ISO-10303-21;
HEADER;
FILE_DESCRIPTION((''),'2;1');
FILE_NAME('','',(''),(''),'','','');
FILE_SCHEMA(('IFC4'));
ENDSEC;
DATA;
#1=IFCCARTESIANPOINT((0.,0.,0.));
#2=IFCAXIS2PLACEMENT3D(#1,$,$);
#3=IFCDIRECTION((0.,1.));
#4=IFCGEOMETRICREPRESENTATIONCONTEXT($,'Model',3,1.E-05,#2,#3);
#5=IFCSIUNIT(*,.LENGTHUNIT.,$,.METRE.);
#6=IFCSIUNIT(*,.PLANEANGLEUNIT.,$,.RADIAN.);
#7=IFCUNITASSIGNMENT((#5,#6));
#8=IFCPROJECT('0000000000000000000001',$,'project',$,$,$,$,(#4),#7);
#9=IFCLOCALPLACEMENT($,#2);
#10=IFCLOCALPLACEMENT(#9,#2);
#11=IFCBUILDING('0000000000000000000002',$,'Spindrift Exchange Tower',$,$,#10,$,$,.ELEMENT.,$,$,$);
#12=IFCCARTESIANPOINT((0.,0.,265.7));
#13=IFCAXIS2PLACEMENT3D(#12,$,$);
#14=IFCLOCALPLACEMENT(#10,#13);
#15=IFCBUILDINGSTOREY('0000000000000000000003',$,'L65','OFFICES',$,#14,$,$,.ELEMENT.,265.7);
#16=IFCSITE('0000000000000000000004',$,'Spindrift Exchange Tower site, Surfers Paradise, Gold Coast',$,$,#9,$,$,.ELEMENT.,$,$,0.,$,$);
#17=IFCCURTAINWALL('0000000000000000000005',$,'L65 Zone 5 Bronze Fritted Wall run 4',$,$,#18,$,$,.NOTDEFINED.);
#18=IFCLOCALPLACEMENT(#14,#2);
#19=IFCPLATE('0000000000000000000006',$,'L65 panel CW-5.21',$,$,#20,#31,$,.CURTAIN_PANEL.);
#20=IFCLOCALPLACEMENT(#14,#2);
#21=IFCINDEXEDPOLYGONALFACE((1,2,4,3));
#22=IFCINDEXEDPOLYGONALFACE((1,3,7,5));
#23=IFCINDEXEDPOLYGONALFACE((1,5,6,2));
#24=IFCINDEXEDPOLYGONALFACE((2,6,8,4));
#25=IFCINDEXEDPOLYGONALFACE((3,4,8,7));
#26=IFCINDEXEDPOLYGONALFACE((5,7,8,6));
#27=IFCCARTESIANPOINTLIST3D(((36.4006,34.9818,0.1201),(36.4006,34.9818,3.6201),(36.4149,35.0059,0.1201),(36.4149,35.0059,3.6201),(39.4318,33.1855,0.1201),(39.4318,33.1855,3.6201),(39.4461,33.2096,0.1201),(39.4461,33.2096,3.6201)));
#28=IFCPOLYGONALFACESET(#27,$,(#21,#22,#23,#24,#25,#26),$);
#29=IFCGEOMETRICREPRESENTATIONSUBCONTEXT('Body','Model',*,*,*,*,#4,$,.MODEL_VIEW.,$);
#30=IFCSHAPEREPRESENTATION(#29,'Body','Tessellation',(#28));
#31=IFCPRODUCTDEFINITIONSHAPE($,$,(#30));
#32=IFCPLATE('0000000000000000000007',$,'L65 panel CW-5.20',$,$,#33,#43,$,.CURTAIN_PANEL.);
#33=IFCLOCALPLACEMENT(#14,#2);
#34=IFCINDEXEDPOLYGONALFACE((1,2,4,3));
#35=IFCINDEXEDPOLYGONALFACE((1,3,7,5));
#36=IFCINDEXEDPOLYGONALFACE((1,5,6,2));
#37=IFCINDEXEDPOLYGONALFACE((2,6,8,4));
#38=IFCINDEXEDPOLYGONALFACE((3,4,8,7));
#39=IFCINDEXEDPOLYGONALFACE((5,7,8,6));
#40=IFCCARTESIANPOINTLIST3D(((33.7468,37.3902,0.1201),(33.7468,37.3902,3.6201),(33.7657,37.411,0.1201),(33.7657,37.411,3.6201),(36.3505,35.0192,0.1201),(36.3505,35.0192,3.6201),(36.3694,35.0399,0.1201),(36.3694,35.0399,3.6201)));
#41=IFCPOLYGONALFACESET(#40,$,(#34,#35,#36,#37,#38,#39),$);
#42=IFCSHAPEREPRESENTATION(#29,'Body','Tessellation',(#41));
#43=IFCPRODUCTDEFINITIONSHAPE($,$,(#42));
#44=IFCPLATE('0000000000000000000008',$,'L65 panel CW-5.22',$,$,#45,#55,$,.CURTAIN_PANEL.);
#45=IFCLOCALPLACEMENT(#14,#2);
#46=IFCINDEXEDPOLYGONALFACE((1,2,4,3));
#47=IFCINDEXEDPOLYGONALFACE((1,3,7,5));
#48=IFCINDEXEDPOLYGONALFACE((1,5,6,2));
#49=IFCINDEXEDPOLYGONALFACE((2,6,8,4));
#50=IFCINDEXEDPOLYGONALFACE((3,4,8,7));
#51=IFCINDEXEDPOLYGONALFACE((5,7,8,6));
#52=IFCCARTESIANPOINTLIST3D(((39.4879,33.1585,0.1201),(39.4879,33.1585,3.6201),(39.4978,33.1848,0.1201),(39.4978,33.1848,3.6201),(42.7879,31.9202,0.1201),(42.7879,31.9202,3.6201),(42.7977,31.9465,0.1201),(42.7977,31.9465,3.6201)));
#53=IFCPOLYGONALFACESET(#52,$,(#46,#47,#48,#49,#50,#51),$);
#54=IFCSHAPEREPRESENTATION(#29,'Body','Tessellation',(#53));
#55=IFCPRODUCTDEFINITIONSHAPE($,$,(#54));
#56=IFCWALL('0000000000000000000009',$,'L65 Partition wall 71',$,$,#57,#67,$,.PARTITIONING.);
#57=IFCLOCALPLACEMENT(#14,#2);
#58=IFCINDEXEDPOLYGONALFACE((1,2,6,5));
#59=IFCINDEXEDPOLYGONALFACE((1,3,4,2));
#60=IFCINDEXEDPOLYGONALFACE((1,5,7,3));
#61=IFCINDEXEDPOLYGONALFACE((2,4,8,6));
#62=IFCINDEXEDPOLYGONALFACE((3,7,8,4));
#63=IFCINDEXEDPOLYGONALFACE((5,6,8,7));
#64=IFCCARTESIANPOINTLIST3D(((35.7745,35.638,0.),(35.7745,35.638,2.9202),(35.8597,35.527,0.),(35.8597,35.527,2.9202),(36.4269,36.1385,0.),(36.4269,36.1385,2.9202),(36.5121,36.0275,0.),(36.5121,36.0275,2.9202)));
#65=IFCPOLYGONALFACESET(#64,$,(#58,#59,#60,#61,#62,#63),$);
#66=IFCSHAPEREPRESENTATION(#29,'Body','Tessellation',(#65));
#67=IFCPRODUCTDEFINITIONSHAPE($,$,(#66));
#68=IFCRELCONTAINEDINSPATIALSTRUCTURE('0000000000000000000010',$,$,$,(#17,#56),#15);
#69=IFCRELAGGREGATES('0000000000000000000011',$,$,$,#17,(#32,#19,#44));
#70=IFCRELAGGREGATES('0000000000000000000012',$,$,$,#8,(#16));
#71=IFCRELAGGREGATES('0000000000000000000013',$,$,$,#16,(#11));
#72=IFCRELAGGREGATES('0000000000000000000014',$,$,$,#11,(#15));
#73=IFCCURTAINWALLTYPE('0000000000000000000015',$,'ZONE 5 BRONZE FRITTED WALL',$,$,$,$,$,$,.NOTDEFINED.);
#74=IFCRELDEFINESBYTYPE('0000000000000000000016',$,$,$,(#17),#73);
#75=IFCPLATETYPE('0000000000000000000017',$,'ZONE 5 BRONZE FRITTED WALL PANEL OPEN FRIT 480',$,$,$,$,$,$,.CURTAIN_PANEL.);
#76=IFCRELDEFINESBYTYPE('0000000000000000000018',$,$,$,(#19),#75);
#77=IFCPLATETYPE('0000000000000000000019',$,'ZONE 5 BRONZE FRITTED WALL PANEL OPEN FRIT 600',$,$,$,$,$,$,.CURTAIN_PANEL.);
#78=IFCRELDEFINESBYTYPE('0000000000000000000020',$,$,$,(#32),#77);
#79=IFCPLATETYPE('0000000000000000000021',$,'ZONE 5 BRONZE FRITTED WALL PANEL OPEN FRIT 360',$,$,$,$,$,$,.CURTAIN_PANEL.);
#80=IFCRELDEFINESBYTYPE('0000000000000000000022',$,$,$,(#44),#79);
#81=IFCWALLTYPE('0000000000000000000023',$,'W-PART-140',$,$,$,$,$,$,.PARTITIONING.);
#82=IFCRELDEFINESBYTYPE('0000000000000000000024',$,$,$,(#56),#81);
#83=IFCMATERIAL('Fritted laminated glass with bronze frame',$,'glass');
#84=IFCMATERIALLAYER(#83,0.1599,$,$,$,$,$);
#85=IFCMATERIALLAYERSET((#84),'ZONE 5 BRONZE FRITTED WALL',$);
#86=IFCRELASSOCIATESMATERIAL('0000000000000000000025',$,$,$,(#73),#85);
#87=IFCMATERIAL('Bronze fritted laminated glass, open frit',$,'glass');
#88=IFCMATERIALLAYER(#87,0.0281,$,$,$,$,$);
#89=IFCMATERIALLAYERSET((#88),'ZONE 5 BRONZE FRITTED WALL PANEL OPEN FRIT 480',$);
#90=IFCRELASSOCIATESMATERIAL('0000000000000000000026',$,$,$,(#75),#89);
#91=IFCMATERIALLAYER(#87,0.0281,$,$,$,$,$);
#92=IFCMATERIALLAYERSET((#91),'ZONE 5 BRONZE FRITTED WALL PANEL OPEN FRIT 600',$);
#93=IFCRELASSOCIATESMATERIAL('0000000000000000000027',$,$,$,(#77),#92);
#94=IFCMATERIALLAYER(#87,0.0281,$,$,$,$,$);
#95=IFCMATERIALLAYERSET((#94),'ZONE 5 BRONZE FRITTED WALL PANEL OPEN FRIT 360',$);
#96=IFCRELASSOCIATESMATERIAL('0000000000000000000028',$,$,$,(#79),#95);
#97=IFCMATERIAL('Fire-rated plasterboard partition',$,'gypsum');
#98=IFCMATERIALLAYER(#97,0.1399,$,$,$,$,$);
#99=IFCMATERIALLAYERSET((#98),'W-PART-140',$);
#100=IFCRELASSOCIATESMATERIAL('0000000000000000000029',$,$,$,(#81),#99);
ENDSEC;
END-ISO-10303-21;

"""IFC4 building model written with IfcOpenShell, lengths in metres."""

from ifc_helpers import new_model, si_unit, direction, frame, frame_2d, origin, origin_2d, place, context, subcontext, project, spatial, rectangle, extrude, source, transform, mapped, material, layer, layer_set, type_object, element, aggregate, save


model = new_model("IFC4")

# Units and contexts
model_context = context("Model", 3, precision=1e-05, world=origin(), true_north=direction((0.0, 1.0)))
body_context = subcontext(model_context, "Body", "Model", "MODEL_VIEW")
ifc_project = project(units=[si_unit("LENGTHUNIT", "METRE"), si_unit("PLANEANGLEUNIT", "RADIAN")], contexts=[model_context])

# Site, building, storey
site_placement = place(None, origin())
site = spatial("IfcSite", under=ifc_project, at=site_placement, Name="Spindrift Exchange Tower site, Surfers Paradise, Gold Coast", CompositionType="ELEMENT", RefElevation=0.0)
building_placement = place(site_placement, origin())
building = spatial("IfcBuilding", under=site, at=building_placement, Name="Spindrift Exchange Tower", CompositionType="ELEMENT")
storey_placement = place(building_placement, frame((0.0, 0.0, 265.7)))
storey = spatial("IfcBuildingStorey", under=building, at=storey_placement, Name="L65", Description="OFFICES", CompositionType="ELEMENT", Elevation=265.7)

# Curtain wall
ifc_material_1 = material(Name="Fritted laminated glass with bronze frame", Category="glass")
ifc_layer_1 = layer(ifc_material_1, 0.1599)
ifc_layer_set_1 = layer_set([ifc_layer_1], Name="ZONE 5 BRONZE FRITTED WALL")
curtain_wall_type = type_object("IfcCurtainWallType", Name="ZONE 5 BRONZE FRITTED WALL", PredefinedType="NOTDEFINED", material=ifc_layer_set_1)
curtain_wall_placement = place(storey_placement, origin())
curtain_wall = element("IfcCurtainWall", 1, at=curtain_wall_placement, inside=storey, type_object=curtain_wall_type, Name="L65 Zone 5 Bronze Fritted Wall run 4", PredefinedType="NOTDEFINED")

# Plates
ifc_material_2 = material(Name="Bronze fritted laminated glass, open frit", Category="glass")
ifc_layer_2 = layer(ifc_material_2, 0.0281)
ifc_layer_set_2 = layer_set([ifc_layer_2], Name="ZONE 5 BRONZE FRITTED WALL PANEL OPEN FRIT 480")
plate_type_1 = type_object("IfcPlateType", Name="ZONE 5 BRONZE FRITTED WALL PANEL OPEN FRIT 480", PredefinedType="CURTAIN_PANEL", material=ifc_layer_set_2)
shared_shape_1 = source(origin(), body_context, "Body", "SweptSolid", [
    extrude(rectangle(XDim=3.5234, YDim=0.0281, at=origin_2d()), origin(), (0.0, 0.0, 1.0), 3.5),
])
plate_1_placement = place(storey_placement, frame((37.9233, 34.0957, 0.1201), z_axis=(0.0, 0.0, 1.0), x_axis=(0.860285, -0.509813, 0.0)))
plate_1 = element("IfcPlate", 2, at=plate_1_placement, type_object=plate_type_1, Name="L65 panel CW-5.21", PredefinedType="CURTAIN_PANEL", context=body_context, shape_type="MappedRepresentation", body=[
    mapped(shared_shape_1, transform((0.0, 0.0, 0.0), scale=1.0)),
])
ifc_layer_3 = layer(ifc_material_2, 0.0281)
ifc_layer_set_3 = layer_set([ifc_layer_3], Name="ZONE 5 BRONZE FRITTED WALL PANEL OPEN FRIT 600")
plate_type_2 = type_object("IfcPlateType", Name="ZONE 5 BRONZE FRITTED WALL PANEL OPEN FRIT 600", PredefinedType="CURTAIN_PANEL", material=ifc_layer_set_3)
shared_shape_2 = source(origin(), body_context, "Body", "SweptSolid", [
    extrude(rectangle(XDim=3.5215, YDim=0.0281, at=origin_2d()), origin(), (0.0, 0.0, 1.0), 3.5),
])
plate_2_placement = place(storey_placement, frame((35.0581, 36.2151, 0.1201), z_axis=(0.0, 0.0, 1.0), x_axis=(0.739353, -0.673318, 0.0)))
plate_2 = element("IfcPlate", 3, at=plate_2_placement, type_object=plate_type_2, Name="L65 panel CW-5.20", PredefinedType="CURTAIN_PANEL", context=body_context, shape_type="MappedRepresentation", body=[
    mapped(shared_shape_2, transform((0.0, 0.0, 0.0), scale=1.0)),
])
ifc_layer_4 = layer(ifc_material_2, 0.0281)
ifc_layer_set_4 = layer_set([ifc_layer_4], Name="ZONE 5 BRONZE FRITTED WALL PANEL OPEN FRIT 360")
plate_type_3 = type_object("IfcPlateType", Name="ZONE 5 BRONZE FRITTED WALL PANEL OPEN FRIT 360", PredefinedType="CURTAIN_PANEL", material=ifc_layer_set_4)
shared_shape_3 = source(origin(), body_context, "Body", "SweptSolid", [
    extrude(rectangle(XDim=3.5247, YDim=0.0281, at=origin_2d()), origin(), (0.0, 0.0, 1.0), 3.5),
])
plate_3_placement = place(storey_placement, frame((41.1428, 32.5525, 0.1201), z_axis=(0.0, 0.0, 1.0), x_axis=(0.936253, -0.351325, 0.0)))
plate_3 = element("IfcPlate", 4, at=plate_3_placement, type_object=plate_type_3, Name="L65 panel CW-5.22", PredefinedType="CURTAIN_PANEL", context=body_context, shape_type="MappedRepresentation", body=[
    mapped(shared_shape_3, transform((0.0, 0.0, 0.0), scale=1.0)),
])
aggregate(curtain_wall, [plate_2, plate_1, plate_3])

# Wall
ifc_material_3 = material(Name="Fire-rated plasterboard partition", Category="gypsum")
ifc_layer_5 = layer(ifc_material_3, 0.1399)
ifc_layer_set_5 = layer_set([ifc_layer_5], Name="W-PART-140")
wall_type = type_object("IfcWallType", Name="W-PART-140", PredefinedType="PARTITIONING", material=ifc_layer_set_5)
wall_placement = place(storey_placement, frame((36.4695, 36.083, 0.0), z_axis=(0.0, 0.0, 1.0), x_axis=(-0.793396, -0.608706, 0.0)))
element("IfcWall", 5, at=wall_placement, inside=storey, type_object=wall_type, Name="L65 Partition wall 71", PredefinedType="PARTITIONING", context=body_context, shape_type="SweptSolid", body=[
    extrude(rectangle(XDim=0.8223, YDim=0.1399, at=frame_2d((0.4111, 0.0))), origin(), (0.0, 0.0, 1.0), 2.9202),
])

save(model, "model.ifc")
